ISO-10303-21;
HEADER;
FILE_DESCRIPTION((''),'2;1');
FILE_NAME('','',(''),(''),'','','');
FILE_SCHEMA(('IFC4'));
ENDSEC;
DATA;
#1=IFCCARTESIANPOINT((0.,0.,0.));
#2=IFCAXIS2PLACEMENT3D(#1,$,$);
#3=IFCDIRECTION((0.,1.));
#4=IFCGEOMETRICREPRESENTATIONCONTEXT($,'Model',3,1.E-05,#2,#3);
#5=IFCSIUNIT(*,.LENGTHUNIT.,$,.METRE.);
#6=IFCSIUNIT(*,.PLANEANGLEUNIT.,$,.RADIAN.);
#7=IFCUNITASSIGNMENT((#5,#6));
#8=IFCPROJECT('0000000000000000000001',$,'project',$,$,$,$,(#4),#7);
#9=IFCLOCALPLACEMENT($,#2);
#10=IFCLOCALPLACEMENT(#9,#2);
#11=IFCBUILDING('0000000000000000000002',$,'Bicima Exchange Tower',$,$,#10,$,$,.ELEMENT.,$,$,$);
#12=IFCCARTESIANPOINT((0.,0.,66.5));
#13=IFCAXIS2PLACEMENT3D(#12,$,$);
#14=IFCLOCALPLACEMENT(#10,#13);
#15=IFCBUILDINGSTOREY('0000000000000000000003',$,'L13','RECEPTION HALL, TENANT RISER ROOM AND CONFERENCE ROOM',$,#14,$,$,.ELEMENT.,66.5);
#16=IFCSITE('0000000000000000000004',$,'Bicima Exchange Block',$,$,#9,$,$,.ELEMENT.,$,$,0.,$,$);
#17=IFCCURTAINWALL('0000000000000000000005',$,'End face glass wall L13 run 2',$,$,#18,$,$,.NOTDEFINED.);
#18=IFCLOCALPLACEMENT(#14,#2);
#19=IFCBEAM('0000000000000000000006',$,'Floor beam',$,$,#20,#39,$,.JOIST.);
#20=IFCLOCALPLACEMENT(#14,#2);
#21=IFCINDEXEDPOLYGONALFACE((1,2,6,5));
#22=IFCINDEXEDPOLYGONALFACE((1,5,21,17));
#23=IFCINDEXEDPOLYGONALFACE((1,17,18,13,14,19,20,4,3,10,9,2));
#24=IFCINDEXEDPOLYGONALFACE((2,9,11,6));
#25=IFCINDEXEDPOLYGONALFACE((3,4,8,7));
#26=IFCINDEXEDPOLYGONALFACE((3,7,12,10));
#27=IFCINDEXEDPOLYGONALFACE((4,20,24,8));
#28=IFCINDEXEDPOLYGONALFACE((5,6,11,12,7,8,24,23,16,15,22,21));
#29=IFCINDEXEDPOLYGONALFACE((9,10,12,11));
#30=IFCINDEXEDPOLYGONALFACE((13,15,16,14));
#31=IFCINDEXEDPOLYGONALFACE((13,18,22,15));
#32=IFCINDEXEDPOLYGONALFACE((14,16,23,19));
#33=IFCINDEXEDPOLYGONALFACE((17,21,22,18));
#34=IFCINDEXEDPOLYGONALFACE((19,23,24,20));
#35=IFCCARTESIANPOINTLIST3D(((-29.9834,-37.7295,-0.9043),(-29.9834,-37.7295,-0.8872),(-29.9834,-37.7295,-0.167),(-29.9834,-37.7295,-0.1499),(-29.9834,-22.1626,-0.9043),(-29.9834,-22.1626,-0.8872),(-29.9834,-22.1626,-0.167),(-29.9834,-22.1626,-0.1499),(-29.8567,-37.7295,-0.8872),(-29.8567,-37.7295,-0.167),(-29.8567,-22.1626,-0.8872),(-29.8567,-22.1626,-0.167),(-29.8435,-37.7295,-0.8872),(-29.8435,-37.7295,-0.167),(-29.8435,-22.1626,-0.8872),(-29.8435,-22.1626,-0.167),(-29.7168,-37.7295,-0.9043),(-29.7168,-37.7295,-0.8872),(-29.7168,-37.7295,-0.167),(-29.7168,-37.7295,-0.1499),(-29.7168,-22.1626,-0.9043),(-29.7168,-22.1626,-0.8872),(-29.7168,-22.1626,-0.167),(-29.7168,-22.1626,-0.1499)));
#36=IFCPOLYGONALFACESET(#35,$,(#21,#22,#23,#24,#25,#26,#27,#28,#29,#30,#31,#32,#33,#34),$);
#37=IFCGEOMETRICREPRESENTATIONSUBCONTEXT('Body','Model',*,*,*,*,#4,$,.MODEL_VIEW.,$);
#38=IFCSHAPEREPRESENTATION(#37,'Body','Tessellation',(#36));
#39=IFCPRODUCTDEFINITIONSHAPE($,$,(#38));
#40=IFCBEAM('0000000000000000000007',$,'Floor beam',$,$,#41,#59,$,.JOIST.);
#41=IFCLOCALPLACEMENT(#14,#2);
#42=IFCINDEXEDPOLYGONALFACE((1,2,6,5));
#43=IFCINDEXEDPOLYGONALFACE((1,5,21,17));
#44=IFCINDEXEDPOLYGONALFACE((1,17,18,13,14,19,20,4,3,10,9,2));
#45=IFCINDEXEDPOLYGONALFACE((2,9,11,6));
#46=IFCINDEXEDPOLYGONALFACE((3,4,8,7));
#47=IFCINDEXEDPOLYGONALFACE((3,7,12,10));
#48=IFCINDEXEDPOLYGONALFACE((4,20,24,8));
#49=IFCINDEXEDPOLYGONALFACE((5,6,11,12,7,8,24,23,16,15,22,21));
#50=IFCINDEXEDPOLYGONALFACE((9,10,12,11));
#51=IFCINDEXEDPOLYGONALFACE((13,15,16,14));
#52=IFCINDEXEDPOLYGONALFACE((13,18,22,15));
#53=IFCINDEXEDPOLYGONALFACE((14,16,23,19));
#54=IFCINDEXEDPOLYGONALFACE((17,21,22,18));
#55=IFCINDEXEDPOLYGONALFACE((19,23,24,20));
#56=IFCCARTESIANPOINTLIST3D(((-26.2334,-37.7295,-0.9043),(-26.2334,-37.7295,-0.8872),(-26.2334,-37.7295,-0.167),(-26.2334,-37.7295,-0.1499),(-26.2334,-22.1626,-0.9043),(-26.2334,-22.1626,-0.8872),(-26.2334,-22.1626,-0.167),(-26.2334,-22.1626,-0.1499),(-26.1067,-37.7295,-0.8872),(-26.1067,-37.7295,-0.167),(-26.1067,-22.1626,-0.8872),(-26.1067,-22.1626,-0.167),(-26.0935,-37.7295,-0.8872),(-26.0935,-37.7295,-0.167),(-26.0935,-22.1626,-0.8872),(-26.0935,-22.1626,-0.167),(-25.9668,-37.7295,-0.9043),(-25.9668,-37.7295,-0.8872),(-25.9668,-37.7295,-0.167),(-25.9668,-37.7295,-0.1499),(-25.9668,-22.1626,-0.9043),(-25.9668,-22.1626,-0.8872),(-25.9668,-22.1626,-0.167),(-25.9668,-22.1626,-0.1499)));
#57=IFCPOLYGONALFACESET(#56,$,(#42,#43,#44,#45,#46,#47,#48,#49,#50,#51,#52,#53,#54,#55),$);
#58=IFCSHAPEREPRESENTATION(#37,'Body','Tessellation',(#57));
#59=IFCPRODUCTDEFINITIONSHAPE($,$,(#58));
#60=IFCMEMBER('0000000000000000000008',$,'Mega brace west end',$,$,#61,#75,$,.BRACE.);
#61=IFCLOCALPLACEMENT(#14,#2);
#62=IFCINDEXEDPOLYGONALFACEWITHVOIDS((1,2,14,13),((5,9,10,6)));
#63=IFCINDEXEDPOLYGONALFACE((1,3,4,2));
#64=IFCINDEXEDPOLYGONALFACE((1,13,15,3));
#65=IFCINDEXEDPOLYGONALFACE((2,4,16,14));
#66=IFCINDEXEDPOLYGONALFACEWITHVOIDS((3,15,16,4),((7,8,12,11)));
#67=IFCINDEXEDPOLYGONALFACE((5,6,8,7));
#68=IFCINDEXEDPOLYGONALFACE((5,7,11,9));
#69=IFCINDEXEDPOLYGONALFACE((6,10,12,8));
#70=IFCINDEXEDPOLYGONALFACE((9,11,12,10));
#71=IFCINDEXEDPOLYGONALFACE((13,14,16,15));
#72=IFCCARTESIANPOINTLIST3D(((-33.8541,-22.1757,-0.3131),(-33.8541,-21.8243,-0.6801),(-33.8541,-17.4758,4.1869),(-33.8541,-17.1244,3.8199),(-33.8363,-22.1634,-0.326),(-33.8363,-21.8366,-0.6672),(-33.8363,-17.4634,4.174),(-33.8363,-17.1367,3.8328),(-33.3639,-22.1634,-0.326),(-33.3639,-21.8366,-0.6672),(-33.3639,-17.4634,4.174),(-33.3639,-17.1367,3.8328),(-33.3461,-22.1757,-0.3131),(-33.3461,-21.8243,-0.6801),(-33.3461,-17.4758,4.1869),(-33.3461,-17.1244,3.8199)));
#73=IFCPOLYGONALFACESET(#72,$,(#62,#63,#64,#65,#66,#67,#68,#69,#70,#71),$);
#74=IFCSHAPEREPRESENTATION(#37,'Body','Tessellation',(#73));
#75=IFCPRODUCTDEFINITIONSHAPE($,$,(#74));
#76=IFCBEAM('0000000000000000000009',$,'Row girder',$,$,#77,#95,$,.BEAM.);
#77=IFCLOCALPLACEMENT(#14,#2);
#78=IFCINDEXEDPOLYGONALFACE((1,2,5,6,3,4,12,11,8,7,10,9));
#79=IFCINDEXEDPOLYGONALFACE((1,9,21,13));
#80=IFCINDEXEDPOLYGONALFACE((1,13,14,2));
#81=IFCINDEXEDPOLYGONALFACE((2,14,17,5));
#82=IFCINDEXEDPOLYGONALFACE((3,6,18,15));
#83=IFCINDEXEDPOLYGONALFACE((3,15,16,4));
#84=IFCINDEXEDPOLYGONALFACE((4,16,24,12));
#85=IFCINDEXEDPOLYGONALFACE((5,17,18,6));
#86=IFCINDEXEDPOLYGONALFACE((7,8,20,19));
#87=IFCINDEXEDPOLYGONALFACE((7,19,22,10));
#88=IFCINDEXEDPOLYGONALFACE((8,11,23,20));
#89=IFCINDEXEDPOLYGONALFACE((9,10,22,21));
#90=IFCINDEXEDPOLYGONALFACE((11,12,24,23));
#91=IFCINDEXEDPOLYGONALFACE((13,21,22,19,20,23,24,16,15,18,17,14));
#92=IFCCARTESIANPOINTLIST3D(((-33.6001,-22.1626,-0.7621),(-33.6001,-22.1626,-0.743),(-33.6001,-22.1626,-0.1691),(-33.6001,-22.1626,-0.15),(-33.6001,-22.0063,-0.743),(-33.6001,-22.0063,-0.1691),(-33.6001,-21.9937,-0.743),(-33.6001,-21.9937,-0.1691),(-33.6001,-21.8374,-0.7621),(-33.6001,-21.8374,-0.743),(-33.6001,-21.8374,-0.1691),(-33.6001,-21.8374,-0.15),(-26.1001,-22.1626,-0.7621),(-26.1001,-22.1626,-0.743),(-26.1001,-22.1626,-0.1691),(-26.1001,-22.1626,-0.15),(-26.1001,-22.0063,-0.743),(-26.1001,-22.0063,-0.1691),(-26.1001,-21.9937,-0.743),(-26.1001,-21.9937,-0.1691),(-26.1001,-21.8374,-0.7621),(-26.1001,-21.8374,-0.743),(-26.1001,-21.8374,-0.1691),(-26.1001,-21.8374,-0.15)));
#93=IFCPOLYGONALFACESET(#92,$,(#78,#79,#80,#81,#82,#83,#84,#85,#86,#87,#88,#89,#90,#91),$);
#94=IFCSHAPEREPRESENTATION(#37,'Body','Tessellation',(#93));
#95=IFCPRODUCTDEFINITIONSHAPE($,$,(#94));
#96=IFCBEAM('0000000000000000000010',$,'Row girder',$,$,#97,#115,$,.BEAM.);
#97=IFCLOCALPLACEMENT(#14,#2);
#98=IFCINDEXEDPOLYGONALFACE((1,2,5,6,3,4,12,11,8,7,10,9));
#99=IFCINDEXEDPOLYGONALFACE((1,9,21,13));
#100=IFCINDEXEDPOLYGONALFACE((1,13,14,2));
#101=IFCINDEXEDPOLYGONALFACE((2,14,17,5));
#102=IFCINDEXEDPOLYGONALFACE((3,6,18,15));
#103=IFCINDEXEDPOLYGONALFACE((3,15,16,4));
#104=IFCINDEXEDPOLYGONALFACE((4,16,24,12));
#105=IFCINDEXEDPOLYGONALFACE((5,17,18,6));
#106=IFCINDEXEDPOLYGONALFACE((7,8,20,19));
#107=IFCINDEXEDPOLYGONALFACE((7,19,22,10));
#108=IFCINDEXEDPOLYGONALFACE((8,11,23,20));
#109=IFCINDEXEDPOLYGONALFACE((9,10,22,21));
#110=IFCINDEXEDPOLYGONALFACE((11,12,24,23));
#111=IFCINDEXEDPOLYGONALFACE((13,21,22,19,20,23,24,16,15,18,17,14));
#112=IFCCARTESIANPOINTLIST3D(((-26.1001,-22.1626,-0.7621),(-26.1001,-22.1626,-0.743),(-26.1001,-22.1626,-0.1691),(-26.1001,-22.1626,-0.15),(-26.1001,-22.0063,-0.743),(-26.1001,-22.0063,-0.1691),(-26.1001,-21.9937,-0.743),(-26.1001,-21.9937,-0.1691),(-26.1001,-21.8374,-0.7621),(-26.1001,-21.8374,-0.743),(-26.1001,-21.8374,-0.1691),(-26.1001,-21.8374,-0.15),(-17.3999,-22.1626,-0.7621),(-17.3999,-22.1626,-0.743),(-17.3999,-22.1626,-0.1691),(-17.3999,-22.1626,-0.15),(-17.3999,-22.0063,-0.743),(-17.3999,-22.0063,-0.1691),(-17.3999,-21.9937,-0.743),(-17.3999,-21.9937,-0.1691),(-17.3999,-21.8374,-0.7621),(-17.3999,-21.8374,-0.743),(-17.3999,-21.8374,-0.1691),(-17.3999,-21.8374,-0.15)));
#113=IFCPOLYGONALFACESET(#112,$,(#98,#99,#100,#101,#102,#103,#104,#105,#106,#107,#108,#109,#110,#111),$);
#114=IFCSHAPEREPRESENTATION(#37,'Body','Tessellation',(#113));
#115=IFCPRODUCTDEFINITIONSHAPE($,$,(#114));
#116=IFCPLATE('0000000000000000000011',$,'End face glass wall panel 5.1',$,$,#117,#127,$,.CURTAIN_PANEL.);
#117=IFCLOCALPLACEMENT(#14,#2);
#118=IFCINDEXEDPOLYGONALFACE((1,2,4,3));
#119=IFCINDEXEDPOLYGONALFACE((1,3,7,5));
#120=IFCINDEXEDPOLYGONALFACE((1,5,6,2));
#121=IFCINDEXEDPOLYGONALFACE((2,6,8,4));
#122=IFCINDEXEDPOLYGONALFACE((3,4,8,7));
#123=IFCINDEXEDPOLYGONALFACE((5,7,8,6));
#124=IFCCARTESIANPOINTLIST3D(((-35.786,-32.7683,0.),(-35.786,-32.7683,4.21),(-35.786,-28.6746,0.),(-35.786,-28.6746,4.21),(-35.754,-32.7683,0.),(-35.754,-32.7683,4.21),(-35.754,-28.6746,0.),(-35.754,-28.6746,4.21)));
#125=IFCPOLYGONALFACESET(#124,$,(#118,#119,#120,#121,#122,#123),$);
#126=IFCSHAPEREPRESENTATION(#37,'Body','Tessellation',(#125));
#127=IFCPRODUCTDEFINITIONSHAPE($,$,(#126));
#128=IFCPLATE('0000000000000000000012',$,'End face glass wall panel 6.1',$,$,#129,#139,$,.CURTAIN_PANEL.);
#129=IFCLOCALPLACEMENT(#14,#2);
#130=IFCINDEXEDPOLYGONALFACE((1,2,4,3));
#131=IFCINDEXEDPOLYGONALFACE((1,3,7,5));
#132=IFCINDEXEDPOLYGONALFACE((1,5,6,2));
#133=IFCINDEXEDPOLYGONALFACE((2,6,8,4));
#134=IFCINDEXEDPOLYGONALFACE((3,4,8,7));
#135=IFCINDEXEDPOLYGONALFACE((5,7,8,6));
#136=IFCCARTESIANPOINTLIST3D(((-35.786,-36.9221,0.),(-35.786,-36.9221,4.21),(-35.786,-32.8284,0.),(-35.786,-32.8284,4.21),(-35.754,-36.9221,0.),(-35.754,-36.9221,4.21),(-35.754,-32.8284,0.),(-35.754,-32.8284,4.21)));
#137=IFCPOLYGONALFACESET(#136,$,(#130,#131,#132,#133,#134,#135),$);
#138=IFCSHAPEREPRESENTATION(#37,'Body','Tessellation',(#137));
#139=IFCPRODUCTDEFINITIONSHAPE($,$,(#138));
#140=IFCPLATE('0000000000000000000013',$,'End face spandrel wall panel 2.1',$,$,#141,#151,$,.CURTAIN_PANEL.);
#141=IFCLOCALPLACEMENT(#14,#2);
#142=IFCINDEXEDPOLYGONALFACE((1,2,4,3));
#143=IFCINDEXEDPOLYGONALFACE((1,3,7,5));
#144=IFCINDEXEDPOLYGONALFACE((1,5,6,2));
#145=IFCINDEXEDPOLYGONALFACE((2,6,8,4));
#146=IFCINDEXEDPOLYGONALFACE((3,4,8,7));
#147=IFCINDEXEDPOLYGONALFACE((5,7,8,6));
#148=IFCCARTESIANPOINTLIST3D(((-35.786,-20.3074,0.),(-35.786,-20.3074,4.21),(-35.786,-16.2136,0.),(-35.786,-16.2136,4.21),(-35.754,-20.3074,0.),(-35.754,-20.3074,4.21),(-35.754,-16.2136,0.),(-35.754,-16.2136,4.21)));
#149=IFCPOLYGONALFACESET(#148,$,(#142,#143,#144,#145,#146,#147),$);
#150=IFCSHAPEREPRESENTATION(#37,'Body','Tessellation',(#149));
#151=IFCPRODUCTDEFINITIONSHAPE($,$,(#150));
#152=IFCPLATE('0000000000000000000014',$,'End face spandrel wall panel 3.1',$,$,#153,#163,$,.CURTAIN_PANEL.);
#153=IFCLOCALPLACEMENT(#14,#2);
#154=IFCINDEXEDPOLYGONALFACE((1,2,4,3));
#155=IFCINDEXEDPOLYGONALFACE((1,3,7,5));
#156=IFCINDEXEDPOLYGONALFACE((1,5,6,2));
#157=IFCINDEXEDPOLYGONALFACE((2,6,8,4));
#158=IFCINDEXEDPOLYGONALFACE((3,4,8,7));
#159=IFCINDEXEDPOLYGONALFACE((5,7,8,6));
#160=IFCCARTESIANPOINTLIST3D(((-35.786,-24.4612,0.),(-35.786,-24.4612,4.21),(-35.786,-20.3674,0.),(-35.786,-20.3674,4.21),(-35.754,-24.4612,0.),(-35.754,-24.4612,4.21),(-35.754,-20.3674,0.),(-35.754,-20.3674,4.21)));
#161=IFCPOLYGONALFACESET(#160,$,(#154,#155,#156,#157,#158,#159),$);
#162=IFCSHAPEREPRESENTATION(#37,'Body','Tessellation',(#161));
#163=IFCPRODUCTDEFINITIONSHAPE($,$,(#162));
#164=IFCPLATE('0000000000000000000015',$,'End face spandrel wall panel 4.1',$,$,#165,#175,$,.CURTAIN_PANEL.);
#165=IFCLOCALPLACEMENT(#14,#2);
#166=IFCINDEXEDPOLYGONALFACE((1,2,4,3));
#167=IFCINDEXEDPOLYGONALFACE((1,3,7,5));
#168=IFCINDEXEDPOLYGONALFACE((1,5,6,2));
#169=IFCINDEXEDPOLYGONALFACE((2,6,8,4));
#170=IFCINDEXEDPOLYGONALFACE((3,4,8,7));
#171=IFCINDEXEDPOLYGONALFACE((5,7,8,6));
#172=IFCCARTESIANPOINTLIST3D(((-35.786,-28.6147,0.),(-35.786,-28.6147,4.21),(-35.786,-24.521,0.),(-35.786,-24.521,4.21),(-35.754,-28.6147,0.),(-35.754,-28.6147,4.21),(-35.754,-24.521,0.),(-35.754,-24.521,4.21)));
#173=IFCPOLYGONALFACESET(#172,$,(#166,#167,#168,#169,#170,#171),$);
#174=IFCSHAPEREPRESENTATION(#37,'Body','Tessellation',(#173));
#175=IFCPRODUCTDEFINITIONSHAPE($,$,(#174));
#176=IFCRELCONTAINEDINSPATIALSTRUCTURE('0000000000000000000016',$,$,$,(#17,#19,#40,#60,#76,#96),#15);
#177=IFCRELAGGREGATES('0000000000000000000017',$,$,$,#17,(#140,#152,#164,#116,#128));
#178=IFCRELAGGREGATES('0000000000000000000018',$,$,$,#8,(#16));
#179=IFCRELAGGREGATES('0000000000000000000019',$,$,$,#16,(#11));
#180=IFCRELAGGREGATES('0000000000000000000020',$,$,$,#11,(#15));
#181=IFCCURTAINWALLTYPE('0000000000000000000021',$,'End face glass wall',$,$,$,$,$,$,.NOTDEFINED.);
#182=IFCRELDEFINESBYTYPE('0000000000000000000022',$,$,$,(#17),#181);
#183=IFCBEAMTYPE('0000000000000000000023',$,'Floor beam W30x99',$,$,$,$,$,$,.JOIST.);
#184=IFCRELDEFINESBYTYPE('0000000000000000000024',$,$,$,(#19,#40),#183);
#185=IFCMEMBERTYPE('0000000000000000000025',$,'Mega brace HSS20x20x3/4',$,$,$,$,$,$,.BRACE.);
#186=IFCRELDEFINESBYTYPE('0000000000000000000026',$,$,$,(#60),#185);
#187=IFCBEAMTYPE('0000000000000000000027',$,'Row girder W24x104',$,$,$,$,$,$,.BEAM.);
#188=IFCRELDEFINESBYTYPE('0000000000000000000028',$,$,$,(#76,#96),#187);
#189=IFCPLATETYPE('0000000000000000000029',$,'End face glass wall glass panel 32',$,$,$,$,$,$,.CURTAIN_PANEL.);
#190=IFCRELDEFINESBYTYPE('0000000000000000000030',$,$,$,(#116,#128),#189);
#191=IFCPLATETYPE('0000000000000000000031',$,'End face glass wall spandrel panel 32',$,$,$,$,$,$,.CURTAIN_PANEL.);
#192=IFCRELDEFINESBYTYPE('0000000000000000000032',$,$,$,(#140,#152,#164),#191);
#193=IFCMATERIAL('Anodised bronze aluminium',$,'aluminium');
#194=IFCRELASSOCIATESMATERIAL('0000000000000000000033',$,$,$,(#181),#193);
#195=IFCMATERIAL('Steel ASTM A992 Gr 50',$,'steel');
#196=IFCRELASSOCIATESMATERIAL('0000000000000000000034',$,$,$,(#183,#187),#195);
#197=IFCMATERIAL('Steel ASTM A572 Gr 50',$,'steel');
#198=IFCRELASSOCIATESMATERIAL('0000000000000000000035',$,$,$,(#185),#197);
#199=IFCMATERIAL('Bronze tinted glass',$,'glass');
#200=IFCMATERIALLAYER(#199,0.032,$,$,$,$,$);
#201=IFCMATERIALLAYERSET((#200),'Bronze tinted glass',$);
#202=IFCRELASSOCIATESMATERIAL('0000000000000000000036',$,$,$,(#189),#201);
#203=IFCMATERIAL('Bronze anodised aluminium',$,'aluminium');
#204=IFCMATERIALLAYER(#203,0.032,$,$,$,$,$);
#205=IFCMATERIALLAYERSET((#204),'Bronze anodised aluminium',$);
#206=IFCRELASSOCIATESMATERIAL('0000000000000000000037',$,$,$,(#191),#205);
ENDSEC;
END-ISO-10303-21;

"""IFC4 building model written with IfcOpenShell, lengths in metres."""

from ifc_helpers import new_model, si_unit, direction, frame, origin, origin_2d, place, context, subcontext, project, spatial, rectangle, hollow_rectangle, i_section, extrude, material, layer, layer_set, material_profile, profile_set, type_object, element, aggregate, save


model = new_model("IFC4")

# Units and contexts
model_context = context("Model", 3, precision=1e-05, world=origin(), true_north=direction((0.0, 1.0)))
body_context = subcontext(model_context, "Body", "Model", "MODEL_VIEW")
ifc_project = project(units=[si_unit("LENGTHUNIT", "METRE"), si_unit("PLANEANGLEUNIT", "RADIAN")], contexts=[model_context])

# Site, building, storey
site_placement = place(None, origin())
site = spatial("IfcSite", under=ifc_project, at=site_placement, Name="Bicima Exchange Block", CompositionType="ELEMENT", RefElevation=0.0)
building_placement = place(site_placement, origin())
building = spatial("IfcBuilding", under=site, at=building_placement, Name="Bicima Exchange Tower", CompositionType="ELEMENT")
storey_placement = place(building_placement, frame((0.0, 0.0, 66.5)))
storey = spatial("IfcBuildingStorey", under=building, at=storey_placement, Name="L13", Description="RECEPTION HALL, TENANT RISER ROOM AND CONFERENCE ROOM", CompositionType="ELEMENT", Elevation=66.5)

# Shared definitions
ifc_material_1 = material(Name="Steel ASTM A992 Gr 50", Category="steel")

# Curtain wall
ifc_material_2 = material(Name="Anodised bronze aluminium", Category="aluminium")
curtain_wall_type = type_object("IfcCurtainWallType", Name="End face glass wall", PredefinedType="NOTDEFINED", material=ifc_material_2)
curtain_wall_placement = place(storey_placement, origin())
curtain_wall = element("IfcCurtainWall", 1, at=curtain_wall_placement, inside=storey, type_object=curtain_wall_type, Name="End face glass wall L13 run 2", PredefinedType="NOTDEFINED")

# Beams
ifc_material_profile_1 = material_profile(ifc_material_1, i_section(OverallWidth=0.2666, OverallDepth=0.7544, WebThickness=0.0132, FlangeThickness=0.0171, at=origin_2d()))
ifc_profile_set_1 = profile_set([ifc_material_profile_1], Name="Steel ASTM A992 Gr 50")
beam_type_1 = type_object("IfcBeamType", Name="Floor beam W30x99", PredefinedType="JOIST", material=ifc_profile_set_1)
for number, where, z_axis, x_axis, name in (
    (2, (-29.8501, -22.1626, -0.5271), (0.0, -1.0, 0.0), (1.0, 0.0, 0.0), "Floor beam"),
    (3, (-26.1001, -22.1626, -0.5271), (0.0, -1.0, 0.0), (1.0, 0.0, 0.0), "Floor beam"),
):
    element("IfcBeam", number, at=place(storey_placement, frame(where, z_axis=z_axis, x_axis=x_axis)), inside=storey, type_object=beam_type_1, Name=name, PredefinedType="JOIST", context=body_context, shape_type="SweptSolid", body=[
        extrude(i_section(OverallWidth=0.2666, OverallDepth=0.7544, WebThickness=0.0132, FlangeThickness=0.0171, at=origin_2d()), origin(), (0.0, 0.0, 1.0), 15.5669),
    ])

# Member
ifc_material_3 = material(Name="Steel ASTM A572 Gr 50", Category="steel")
ifc_material_profile_2 = material_profile(ifc_material_3, hollow_rectangle(XDim=0.5081, YDim=0.5081, WallThickness=0.0178, at=origin_2d()))
ifc_profile_set_2 = profile_set([ifc_material_profile_2], Name="Steel ASTM A572 Gr 50")
member_type_1 = type_object("IfcMemberType", Name="Mega brace HSS20x20x3/4", PredefinedType="BRACE", material=ifc_profile_set_2)
member_1_placement = place(storey_placement, frame((-33.6001, -22.0, -0.4966), z_axis=(0.0, 0.722304, 0.691575), x_axis=(-1.0, 0.0, 0.0)))
element("IfcMember", 4, at=member_1_placement, inside=storey, type_object=member_type_1, Name="Mega brace west end", PredefinedType="BRACE", context=body_context, shape_type="SweptSolid", body=[
    extrude(hollow_rectangle(XDim=0.5081, YDim=0.5081, WallThickness=0.0178, at=origin_2d()), origin(), (0.0, 0.0, 1.0), 6.5068),
])

# Beams
ifc_material_profile_3 = material_profile(ifc_material_1, i_section(OverallWidth=0.3252, OverallDepth=0.6121, WebThickness=0.0127, FlangeThickness=0.019, at=origin_2d()))
ifc_profile_set_3 = profile_set([ifc_material_profile_3], Name="Steel ASTM A992 Gr 50")
beam_type_2 = type_object("IfcBeamType", Name="Row girder W24x104", PredefinedType="BEAM", material=ifc_profile_set_3)
beam_1_placement = place(storey_placement, frame((-33.6001, -22.0, -0.4561), z_axis=(1.0, 0.0, 0.0), x_axis=(0.0, 1.0, 0.0)))
element("IfcBeam", 5, at=beam_1_placement, inside=storey, type_object=beam_type_2, Name="Row girder", PredefinedType="BEAM", context=body_context, shape_type="SweptSolid", body=[
    extrude(i_section(OverallWidth=0.3252, OverallDepth=0.6121, WebThickness=0.0127, FlangeThickness=0.019, at=origin_2d()), origin(), (0.0, 0.0, 1.0), 7.5),
])
beam_2_placement = place(storey_placement, frame((-26.1001, -22.0, -0.4561), z_axis=(1.0, 0.0, 0.0), x_axis=(0.0, 1.0, 0.0)))
element("IfcBeam", 6, at=beam_2_placement, inside=storey, type_object=beam_type_2, Name="Row girder", PredefinedType="BEAM", context=body_context, shape_type="SweptSolid", body=[
    extrude(i_section(OverallWidth=0.3252, OverallDepth=0.6121, WebThickness=0.0127, FlangeThickness=0.019, at=origin_2d()), origin(), (0.0, 0.0, 1.0), 8.7002),
])

# Plates
ifc_material_4 = material(Name="Bronze tinted glass", Category="glass")
ifc_layer_1 = layer(ifc_material_4, 0.032)
ifc_layer_set_1 = layer_set([ifc_layer_1], Name="Bronze tinted glass")
plate_type_1 = type_object("IfcPlateType", Name="End face glass wall glass panel 32", PredefinedType="CURTAIN_PANEL", material=ifc_layer_set_1)
plate_1_placement = place(storey_placement, frame((-35.77, -30.7214, 0.0), z_axis=(0.0, 0.0, 1.0), x_axis=(0.0, -1.0, 0.0)))
plate_1 = element("IfcPlate", 7, at=plate_1_placement, type_object=plate_type_1, Name="End face glass wall panel 5.1", PredefinedType="CURTAIN_PANEL", context=body_context, shape_type="SweptSolid", body=[
    extrude(rectangle(XDim=4.0938, YDim=0.032, at=origin_2d()), origin(), (0.0, 0.0, 1.0), 4.21),
])
plate_2_placement = place(storey_placement, frame((-35.77, -34.8752, 0.0), z_axis=(0.0, 0.0, 1.0), x_axis=(0.0, -1.0, 0.0)))
plate_2 = element("IfcPlate", 8, at=plate_2_placement, type_object=plate_type_1, Name="End face glass wall panel 6.1", PredefinedType="CURTAIN_PANEL", context=body_context, shape_type="SweptSolid", body=[
    extrude(rectangle(XDim=4.0938, YDim=0.032, at=origin_2d()), origin(), (0.0, 0.0, 1.0), 4.21),
])
ifc_material_5 = material(Name="Bronze anodised aluminium", Category="aluminium")
ifc_layer_2 = layer(ifc_material_5, 0.032)
ifc_layer_set_2 = layer_set([ifc_layer_2], Name="Bronze anodised aluminium")
plate_type_2 = type_object("IfcPlateType", Name="End face glass wall spandrel panel 32", PredefinedType="CURTAIN_PANEL", material=ifc_layer_set_2)
plate_3_placement = place(storey_placement, frame((-35.77, -18.2605, 0.0), z_axis=(0.0, 0.0, 1.0), x_axis=(0.0, -1.0, 0.0)))
plate_3 = element("IfcPlate", 9, at=plate_3_placement, type_object=plate_type_2, Name="End face spandrel wall panel 2.1", PredefinedType="CURTAIN_PANEL", context=body_context, shape_type="SweptSolid", body=[
    extrude(rectangle(XDim=4.0938, YDim=0.032, at=origin_2d()), origin(), (0.0, 0.0, 1.0), 4.21),
])
plate_4_placement = place(storey_placement, frame((-35.77, -22.4143, 0.0), z_axis=(0.0, 0.0, 1.0), x_axis=(0.0, -1.0, 0.0)))
plate_4 = element("IfcPlate", 10, at=plate_4_placement, type_object=plate_type_2, Name="End face spandrel wall panel 3.1", PredefinedType="CURTAIN_PANEL", context=body_context, shape_type="SweptSolid", body=[
    extrude(rectangle(XDim=4.0938, YDim=0.032, at=origin_2d()), origin(), (0.0, 0.0, 1.0), 4.21),
])
plate_5_placement = place(storey_placement, frame((-35.77, -26.5679, 0.0), z_axis=(0.0, 0.0, 1.0), x_axis=(0.0, -1.0, 0.0)))
plate_5 = element("IfcPlate", 11, at=plate_5_placement, type_object=plate_type_2, Name="End face spandrel wall panel 4.1", PredefinedType="CURTAIN_PANEL", context=body_context, shape_type="SweptSolid", body=[
    extrude(rectangle(XDim=4.0938, YDim=0.032, at=origin_2d()), origin(), (0.0, 0.0, 1.0), 4.21),
])
aggregate(curtain_wall, [plate_3, plate_4, plate_5, plate_1, plate_2])

save(model, "model.ifc")
